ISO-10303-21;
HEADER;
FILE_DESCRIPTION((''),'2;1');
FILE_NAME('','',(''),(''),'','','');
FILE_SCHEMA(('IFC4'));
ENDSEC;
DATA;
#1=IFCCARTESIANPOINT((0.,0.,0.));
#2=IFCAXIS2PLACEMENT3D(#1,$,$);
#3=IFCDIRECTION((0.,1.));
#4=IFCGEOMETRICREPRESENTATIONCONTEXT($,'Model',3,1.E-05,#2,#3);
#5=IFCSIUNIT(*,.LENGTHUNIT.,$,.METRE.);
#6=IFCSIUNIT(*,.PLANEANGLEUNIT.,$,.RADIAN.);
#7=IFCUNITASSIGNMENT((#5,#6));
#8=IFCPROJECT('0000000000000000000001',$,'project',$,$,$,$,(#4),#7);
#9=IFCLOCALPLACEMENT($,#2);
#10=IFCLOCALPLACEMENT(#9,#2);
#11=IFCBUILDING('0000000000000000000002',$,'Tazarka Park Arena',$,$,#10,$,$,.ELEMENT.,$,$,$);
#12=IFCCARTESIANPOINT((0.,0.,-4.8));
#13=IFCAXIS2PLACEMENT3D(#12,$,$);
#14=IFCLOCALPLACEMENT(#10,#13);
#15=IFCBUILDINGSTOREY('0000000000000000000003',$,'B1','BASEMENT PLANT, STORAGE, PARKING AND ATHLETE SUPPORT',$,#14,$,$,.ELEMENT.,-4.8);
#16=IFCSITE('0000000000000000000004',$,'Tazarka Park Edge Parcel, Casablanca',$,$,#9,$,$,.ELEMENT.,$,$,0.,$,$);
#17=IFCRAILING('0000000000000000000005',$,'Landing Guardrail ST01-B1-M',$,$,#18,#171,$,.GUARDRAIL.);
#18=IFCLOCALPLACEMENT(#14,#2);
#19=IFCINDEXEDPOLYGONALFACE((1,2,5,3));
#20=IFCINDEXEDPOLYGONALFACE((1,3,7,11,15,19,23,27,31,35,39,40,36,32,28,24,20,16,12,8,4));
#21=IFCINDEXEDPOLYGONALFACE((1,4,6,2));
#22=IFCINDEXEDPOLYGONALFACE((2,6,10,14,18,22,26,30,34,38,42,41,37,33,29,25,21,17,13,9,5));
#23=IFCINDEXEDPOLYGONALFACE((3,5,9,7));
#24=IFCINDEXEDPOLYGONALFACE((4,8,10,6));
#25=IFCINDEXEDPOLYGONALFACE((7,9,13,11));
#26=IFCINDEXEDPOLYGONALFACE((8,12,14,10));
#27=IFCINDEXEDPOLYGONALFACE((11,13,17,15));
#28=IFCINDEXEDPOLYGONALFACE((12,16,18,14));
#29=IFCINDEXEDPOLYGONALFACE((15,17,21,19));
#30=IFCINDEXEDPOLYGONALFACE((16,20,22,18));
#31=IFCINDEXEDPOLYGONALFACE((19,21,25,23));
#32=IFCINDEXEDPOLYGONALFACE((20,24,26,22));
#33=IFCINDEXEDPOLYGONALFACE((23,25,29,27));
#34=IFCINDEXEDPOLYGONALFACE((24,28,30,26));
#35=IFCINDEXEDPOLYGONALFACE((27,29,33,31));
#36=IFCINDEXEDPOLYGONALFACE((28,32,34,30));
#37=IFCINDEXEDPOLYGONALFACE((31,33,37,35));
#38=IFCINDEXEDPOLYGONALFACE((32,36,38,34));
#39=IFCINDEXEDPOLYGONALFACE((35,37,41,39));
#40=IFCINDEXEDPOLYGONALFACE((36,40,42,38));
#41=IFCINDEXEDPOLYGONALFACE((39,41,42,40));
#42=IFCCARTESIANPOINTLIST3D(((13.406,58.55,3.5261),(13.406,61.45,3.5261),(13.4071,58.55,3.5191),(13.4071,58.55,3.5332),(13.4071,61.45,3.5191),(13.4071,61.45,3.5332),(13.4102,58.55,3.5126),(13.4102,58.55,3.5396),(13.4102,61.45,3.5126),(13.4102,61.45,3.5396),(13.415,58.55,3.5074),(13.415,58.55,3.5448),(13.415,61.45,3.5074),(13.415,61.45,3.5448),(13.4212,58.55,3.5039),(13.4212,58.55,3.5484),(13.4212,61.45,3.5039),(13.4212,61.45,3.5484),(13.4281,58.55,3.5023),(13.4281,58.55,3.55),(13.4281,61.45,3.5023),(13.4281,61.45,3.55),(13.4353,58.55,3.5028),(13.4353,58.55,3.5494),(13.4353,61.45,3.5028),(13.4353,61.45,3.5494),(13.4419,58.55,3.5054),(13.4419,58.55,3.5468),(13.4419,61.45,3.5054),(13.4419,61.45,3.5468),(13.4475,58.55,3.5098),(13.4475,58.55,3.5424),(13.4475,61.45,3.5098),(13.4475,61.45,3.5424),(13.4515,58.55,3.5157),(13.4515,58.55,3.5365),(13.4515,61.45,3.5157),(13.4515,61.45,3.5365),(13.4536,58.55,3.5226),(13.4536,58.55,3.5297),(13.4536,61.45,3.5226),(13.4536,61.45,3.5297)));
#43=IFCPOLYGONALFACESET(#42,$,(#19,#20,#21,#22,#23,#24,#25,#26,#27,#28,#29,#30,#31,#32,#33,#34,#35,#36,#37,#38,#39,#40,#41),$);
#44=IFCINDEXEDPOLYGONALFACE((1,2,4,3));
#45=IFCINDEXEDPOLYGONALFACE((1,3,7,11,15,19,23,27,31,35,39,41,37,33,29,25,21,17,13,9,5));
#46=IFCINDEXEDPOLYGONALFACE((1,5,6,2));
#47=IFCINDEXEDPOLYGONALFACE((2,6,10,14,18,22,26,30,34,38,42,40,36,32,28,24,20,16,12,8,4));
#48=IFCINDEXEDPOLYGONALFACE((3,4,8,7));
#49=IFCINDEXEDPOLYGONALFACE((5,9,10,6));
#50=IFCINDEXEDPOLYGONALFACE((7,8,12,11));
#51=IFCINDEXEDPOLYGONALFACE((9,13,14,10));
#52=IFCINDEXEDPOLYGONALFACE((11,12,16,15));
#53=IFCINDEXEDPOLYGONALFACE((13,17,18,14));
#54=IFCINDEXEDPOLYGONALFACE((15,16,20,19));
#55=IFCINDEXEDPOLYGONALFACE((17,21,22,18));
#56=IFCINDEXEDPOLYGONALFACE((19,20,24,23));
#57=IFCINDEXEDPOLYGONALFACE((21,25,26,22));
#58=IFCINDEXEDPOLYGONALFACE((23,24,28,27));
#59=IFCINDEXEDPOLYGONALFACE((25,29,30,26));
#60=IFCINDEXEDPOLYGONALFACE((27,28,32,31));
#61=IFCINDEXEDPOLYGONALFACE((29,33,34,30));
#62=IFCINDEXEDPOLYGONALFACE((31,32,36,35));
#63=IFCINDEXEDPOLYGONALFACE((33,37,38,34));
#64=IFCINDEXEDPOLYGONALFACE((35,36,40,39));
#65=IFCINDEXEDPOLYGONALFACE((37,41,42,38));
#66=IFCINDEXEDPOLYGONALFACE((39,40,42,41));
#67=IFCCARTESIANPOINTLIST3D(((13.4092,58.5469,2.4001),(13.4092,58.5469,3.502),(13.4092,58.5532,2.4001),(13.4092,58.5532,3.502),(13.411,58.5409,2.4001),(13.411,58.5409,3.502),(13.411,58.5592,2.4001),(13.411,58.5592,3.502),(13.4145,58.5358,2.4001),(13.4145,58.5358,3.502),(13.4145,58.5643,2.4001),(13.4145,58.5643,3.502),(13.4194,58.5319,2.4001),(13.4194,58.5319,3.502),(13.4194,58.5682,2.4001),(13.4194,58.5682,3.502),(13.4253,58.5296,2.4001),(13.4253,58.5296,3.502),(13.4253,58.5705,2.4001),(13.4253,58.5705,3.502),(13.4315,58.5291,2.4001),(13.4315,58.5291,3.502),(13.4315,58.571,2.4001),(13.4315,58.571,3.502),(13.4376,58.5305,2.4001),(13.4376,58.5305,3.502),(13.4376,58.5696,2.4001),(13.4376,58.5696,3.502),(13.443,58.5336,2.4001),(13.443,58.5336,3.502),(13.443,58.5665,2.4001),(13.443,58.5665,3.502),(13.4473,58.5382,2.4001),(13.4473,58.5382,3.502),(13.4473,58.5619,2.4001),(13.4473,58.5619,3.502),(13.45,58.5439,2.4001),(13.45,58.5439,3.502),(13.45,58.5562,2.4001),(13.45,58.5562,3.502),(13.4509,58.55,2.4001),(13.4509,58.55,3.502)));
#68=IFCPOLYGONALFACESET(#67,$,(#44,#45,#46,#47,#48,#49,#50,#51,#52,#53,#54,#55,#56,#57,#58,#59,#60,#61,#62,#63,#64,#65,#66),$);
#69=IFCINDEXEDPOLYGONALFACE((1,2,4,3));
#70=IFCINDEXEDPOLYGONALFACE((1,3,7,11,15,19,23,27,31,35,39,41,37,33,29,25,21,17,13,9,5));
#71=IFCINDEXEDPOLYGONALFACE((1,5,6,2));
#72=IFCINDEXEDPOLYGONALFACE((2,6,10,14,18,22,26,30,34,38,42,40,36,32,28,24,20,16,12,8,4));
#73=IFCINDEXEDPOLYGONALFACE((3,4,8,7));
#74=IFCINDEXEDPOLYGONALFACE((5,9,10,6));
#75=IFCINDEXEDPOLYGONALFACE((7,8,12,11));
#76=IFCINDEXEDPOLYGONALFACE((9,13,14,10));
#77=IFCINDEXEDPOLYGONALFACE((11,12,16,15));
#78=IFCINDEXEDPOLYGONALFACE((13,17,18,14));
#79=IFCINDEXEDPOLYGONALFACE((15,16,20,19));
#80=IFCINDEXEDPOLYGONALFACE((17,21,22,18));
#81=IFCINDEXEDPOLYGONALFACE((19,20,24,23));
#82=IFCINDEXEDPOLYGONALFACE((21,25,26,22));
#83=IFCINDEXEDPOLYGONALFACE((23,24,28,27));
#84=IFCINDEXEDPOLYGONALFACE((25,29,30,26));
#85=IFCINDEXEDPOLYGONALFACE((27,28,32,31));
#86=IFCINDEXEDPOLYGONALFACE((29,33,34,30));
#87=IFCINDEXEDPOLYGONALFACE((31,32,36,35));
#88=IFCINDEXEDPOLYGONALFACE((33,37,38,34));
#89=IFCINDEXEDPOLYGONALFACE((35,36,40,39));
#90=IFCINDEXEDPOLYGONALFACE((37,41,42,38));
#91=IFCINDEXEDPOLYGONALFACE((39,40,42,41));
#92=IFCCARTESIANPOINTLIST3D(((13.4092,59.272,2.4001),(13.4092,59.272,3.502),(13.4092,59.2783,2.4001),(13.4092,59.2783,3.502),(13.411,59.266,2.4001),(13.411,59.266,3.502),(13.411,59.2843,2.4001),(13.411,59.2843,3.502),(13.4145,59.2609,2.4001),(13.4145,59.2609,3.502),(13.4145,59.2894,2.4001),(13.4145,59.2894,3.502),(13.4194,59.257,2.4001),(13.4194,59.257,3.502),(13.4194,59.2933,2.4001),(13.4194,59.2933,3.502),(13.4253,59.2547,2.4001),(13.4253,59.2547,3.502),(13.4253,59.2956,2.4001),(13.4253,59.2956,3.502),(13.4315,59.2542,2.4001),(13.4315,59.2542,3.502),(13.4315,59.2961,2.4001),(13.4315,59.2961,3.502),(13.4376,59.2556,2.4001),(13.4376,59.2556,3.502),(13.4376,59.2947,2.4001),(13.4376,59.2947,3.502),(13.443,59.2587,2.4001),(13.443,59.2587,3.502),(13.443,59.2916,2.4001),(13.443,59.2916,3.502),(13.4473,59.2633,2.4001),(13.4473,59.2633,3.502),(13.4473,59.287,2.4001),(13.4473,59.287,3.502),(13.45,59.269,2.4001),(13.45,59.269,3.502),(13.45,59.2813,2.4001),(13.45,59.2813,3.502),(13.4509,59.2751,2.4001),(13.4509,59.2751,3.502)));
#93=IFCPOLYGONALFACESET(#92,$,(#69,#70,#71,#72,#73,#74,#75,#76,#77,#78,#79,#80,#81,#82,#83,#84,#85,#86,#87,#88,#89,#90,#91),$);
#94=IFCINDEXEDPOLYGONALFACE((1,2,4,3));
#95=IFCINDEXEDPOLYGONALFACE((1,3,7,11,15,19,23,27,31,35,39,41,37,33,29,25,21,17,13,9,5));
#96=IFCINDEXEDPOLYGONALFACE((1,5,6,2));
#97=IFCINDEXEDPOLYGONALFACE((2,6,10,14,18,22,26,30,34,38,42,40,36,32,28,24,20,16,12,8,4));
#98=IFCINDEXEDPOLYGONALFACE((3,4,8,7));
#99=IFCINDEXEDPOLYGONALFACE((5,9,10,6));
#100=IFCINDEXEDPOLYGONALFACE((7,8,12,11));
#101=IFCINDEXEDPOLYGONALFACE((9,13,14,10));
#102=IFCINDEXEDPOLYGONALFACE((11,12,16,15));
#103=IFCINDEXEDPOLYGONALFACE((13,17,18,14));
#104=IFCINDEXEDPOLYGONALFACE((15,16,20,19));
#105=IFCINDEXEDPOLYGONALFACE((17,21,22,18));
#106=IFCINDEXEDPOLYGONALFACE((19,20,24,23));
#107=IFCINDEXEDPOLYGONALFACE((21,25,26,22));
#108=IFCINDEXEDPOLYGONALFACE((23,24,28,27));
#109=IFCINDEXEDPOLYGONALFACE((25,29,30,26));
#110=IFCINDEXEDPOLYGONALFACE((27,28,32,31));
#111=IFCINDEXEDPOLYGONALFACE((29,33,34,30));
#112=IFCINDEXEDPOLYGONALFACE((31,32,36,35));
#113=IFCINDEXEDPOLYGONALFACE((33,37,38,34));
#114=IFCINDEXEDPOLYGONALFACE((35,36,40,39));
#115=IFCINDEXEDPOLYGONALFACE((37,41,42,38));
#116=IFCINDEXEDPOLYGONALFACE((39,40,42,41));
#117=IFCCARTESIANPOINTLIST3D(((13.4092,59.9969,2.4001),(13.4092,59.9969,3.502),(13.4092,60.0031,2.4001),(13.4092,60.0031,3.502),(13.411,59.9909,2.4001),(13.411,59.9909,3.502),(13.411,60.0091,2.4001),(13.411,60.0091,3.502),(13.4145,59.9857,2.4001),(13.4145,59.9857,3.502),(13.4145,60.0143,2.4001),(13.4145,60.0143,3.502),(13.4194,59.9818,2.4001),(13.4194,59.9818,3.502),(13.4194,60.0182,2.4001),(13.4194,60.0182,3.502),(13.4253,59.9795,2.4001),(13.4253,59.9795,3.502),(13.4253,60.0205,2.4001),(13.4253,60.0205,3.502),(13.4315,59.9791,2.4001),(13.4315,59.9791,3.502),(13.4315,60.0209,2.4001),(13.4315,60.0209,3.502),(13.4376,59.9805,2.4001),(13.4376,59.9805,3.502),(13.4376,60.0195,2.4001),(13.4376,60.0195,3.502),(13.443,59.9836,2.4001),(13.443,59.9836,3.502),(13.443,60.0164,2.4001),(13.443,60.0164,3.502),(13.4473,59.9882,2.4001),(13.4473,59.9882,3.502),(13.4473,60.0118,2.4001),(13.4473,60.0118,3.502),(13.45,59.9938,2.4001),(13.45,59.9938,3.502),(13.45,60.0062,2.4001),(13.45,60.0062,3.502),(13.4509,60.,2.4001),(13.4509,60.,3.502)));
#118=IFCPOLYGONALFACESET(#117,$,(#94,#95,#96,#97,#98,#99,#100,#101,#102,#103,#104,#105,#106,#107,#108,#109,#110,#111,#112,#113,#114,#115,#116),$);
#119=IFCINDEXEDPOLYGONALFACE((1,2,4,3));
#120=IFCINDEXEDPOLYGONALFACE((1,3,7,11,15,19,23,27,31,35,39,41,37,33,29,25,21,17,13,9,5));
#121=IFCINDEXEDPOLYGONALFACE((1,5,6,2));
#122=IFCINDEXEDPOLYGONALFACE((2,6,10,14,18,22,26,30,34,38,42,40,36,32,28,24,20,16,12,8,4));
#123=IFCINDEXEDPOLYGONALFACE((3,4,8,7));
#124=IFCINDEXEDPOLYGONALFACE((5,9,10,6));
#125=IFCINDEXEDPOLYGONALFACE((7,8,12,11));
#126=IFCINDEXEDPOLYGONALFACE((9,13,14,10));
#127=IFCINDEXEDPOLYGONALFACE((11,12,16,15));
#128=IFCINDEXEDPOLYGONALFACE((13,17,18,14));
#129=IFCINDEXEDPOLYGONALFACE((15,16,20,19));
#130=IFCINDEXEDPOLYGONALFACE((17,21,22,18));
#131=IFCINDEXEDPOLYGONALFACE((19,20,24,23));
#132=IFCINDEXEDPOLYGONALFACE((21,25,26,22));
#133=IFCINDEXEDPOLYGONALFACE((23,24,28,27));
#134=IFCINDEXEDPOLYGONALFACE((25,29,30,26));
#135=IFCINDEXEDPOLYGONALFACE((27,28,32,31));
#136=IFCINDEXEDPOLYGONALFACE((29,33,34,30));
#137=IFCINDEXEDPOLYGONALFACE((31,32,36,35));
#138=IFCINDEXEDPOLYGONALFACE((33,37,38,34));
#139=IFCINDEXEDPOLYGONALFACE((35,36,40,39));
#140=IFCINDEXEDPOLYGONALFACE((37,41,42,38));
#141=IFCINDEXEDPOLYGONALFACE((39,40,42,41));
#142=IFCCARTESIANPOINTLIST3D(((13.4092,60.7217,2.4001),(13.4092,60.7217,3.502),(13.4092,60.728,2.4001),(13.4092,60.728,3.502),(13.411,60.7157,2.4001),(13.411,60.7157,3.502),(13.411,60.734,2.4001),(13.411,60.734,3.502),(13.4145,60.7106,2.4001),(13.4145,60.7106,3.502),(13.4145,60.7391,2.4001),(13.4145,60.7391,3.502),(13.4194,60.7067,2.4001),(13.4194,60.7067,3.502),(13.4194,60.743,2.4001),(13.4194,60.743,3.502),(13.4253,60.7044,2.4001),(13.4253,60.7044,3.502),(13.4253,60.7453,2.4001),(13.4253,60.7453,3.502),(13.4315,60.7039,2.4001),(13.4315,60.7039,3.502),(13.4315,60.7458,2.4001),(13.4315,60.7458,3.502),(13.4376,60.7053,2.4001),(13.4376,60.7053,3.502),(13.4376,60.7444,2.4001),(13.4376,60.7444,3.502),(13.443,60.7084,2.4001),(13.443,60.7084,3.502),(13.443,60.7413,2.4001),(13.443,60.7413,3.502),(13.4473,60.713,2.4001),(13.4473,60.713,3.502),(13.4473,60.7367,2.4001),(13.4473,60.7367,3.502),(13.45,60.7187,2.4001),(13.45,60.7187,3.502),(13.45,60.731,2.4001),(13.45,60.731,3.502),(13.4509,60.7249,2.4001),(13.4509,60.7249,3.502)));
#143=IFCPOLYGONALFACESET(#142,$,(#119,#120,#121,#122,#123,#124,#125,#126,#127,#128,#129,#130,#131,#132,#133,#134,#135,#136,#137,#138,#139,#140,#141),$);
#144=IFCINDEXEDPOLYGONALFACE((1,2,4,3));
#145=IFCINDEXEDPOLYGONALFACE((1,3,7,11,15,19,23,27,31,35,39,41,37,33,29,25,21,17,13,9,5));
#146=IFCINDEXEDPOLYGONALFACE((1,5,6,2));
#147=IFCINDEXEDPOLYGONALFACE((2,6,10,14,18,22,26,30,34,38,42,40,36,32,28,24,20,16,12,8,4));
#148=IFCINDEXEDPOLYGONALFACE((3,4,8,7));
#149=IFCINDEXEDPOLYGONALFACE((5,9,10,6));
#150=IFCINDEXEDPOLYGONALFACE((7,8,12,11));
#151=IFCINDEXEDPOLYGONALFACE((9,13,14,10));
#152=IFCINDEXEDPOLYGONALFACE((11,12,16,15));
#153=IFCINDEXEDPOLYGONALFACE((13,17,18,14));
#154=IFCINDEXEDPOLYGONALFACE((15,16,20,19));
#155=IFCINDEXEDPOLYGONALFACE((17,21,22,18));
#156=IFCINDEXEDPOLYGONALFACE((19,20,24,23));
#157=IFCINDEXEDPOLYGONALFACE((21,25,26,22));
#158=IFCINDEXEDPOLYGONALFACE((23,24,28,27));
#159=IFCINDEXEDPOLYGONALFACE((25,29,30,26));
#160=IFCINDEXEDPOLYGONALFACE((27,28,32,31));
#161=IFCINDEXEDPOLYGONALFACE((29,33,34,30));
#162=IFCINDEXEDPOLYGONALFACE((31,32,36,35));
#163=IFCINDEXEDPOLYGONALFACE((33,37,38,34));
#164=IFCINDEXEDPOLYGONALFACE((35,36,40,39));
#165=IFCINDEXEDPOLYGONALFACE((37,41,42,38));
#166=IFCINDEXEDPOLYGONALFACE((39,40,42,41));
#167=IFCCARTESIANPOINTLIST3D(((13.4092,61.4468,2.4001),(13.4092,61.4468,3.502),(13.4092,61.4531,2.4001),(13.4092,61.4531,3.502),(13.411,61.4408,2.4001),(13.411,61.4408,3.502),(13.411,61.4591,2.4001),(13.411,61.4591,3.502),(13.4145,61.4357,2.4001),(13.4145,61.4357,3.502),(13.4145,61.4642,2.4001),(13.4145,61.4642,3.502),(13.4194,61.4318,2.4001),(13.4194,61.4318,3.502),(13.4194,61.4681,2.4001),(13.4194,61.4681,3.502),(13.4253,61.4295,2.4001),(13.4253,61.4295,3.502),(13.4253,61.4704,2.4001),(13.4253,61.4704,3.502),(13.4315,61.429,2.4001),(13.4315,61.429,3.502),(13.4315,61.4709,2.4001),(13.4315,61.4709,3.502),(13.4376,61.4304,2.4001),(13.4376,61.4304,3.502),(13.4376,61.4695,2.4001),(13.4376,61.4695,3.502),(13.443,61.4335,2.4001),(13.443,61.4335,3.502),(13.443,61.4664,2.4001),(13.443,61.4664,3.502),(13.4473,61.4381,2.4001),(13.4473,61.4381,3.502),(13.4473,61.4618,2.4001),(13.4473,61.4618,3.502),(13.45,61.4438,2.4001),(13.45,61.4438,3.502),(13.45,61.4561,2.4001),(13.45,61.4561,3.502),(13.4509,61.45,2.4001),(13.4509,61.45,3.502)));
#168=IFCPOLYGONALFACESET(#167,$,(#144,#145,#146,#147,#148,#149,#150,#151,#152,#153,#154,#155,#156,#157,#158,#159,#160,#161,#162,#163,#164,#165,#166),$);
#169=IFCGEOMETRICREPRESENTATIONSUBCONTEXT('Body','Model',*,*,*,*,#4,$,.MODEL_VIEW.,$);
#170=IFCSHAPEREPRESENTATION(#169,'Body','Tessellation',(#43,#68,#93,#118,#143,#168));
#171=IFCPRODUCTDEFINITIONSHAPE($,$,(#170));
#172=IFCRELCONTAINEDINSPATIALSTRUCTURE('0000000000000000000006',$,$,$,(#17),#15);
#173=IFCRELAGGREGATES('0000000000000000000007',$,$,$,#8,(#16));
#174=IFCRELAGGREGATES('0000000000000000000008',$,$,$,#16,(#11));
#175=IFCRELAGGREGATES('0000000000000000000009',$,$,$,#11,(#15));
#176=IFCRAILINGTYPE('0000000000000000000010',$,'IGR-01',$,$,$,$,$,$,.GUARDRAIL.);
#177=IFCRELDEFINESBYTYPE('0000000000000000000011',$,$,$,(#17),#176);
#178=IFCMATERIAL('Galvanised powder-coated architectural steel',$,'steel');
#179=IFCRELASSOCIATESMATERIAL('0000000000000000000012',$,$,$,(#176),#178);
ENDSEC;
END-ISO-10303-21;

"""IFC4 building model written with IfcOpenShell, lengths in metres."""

from ifc_helpers import new_model, si_unit, direction, frame, origin, origin_2d, place, context, subcontext, project, spatial, circle, extrude, material, type_object, element, save


model = new_model("IFC4")

# Units and contexts
model_context = context("Model", 3, precision=1e-05, world=origin(), true_north=direction((0.0, 1.0)))
body_context = subcontext(model_context, "Body", "Model", "MODEL_VIEW")
ifc_project = project(units=[si_unit("LENGTHUNIT", "METRE"), si_unit("PLANEANGLEUNIT", "RADIAN")], contexts=[model_context])

# Site, building, storey
site_placement = place(None, origin())
site = spatial("IfcSite", under=ifc_project, at=site_placement, Name="Tazarka Park Edge Parcel, Casablanca", CompositionType="ELEMENT", RefElevation=0.0)
building_placement = place(site_placement, origin())
building = spatial("IfcBuilding", under=site, at=building_placement, Name="Tazarka Park Arena", CompositionType="ELEMENT")
storey_placement = place(building_placement, frame((0.0, 0.0, -4.8)))
storey = spatial("IfcBuildingStorey", under=building, at=storey_placement, Name="B1", Description="BASEMENT PLANT, STORAGE, PARKING AND ATHLETE SUPPORT", CompositionType="ELEMENT", Elevation=-4.8)

# Railing
ifc_material_1 = material(Name="Galvanised powder-coated architectural steel", Category="steel")
railing_type_1 = type_object("IfcRailingType", Name="IGR-01", PredefinedType="GUARDRAIL", material=ifc_material_1)
railing_1_placement = place(storey_placement, frame((13.4299, 58.55, 2.4001)))
element("IfcRailing", 1, at=railing_1_placement, inside=storey, type_object=railing_type_1, Name="Landing Guardrail ST01-B1-M", PredefinedType="GUARDRAIL", context=body_context, shape_type="SweptSolid", body=[
    extrude(circle(Radius=0.0239, at=origin_2d()), frame((0.0, 0.0, 1.126), z_axis=(0.0, 1.0, 0.0), x_axis=(-1.0, 0.0, 0.0)), (0.0, 0.0, 1.0), 2.8999),
    extrude(circle(Radius=0.021, at=origin_2d()), origin(), (0.0, 0.0, 1.0), 1.1018),
    extrude(circle(Radius=0.021, at=origin_2d()), frame((0.0, 0.7251, 0.0)), (0.0, 0.0, 1.0), 1.1018),
    extrude(circle(Radius=0.021, at=origin_2d()), frame((0.0, 1.45, 0.0)), (0.0, 0.0, 1.0), 1.1018),
    extrude(circle(Radius=0.021, at=origin_2d()), frame((0.0, 2.1748, 0.0)), (0.0, 0.0, 1.0), 1.1018),
    extrude(circle(Radius=0.021, at=origin_2d()), frame((0.0, 2.8999, 0.0)), (0.0, 0.0, 1.0), 1.1018),
])

save(model, "model.ifc")
